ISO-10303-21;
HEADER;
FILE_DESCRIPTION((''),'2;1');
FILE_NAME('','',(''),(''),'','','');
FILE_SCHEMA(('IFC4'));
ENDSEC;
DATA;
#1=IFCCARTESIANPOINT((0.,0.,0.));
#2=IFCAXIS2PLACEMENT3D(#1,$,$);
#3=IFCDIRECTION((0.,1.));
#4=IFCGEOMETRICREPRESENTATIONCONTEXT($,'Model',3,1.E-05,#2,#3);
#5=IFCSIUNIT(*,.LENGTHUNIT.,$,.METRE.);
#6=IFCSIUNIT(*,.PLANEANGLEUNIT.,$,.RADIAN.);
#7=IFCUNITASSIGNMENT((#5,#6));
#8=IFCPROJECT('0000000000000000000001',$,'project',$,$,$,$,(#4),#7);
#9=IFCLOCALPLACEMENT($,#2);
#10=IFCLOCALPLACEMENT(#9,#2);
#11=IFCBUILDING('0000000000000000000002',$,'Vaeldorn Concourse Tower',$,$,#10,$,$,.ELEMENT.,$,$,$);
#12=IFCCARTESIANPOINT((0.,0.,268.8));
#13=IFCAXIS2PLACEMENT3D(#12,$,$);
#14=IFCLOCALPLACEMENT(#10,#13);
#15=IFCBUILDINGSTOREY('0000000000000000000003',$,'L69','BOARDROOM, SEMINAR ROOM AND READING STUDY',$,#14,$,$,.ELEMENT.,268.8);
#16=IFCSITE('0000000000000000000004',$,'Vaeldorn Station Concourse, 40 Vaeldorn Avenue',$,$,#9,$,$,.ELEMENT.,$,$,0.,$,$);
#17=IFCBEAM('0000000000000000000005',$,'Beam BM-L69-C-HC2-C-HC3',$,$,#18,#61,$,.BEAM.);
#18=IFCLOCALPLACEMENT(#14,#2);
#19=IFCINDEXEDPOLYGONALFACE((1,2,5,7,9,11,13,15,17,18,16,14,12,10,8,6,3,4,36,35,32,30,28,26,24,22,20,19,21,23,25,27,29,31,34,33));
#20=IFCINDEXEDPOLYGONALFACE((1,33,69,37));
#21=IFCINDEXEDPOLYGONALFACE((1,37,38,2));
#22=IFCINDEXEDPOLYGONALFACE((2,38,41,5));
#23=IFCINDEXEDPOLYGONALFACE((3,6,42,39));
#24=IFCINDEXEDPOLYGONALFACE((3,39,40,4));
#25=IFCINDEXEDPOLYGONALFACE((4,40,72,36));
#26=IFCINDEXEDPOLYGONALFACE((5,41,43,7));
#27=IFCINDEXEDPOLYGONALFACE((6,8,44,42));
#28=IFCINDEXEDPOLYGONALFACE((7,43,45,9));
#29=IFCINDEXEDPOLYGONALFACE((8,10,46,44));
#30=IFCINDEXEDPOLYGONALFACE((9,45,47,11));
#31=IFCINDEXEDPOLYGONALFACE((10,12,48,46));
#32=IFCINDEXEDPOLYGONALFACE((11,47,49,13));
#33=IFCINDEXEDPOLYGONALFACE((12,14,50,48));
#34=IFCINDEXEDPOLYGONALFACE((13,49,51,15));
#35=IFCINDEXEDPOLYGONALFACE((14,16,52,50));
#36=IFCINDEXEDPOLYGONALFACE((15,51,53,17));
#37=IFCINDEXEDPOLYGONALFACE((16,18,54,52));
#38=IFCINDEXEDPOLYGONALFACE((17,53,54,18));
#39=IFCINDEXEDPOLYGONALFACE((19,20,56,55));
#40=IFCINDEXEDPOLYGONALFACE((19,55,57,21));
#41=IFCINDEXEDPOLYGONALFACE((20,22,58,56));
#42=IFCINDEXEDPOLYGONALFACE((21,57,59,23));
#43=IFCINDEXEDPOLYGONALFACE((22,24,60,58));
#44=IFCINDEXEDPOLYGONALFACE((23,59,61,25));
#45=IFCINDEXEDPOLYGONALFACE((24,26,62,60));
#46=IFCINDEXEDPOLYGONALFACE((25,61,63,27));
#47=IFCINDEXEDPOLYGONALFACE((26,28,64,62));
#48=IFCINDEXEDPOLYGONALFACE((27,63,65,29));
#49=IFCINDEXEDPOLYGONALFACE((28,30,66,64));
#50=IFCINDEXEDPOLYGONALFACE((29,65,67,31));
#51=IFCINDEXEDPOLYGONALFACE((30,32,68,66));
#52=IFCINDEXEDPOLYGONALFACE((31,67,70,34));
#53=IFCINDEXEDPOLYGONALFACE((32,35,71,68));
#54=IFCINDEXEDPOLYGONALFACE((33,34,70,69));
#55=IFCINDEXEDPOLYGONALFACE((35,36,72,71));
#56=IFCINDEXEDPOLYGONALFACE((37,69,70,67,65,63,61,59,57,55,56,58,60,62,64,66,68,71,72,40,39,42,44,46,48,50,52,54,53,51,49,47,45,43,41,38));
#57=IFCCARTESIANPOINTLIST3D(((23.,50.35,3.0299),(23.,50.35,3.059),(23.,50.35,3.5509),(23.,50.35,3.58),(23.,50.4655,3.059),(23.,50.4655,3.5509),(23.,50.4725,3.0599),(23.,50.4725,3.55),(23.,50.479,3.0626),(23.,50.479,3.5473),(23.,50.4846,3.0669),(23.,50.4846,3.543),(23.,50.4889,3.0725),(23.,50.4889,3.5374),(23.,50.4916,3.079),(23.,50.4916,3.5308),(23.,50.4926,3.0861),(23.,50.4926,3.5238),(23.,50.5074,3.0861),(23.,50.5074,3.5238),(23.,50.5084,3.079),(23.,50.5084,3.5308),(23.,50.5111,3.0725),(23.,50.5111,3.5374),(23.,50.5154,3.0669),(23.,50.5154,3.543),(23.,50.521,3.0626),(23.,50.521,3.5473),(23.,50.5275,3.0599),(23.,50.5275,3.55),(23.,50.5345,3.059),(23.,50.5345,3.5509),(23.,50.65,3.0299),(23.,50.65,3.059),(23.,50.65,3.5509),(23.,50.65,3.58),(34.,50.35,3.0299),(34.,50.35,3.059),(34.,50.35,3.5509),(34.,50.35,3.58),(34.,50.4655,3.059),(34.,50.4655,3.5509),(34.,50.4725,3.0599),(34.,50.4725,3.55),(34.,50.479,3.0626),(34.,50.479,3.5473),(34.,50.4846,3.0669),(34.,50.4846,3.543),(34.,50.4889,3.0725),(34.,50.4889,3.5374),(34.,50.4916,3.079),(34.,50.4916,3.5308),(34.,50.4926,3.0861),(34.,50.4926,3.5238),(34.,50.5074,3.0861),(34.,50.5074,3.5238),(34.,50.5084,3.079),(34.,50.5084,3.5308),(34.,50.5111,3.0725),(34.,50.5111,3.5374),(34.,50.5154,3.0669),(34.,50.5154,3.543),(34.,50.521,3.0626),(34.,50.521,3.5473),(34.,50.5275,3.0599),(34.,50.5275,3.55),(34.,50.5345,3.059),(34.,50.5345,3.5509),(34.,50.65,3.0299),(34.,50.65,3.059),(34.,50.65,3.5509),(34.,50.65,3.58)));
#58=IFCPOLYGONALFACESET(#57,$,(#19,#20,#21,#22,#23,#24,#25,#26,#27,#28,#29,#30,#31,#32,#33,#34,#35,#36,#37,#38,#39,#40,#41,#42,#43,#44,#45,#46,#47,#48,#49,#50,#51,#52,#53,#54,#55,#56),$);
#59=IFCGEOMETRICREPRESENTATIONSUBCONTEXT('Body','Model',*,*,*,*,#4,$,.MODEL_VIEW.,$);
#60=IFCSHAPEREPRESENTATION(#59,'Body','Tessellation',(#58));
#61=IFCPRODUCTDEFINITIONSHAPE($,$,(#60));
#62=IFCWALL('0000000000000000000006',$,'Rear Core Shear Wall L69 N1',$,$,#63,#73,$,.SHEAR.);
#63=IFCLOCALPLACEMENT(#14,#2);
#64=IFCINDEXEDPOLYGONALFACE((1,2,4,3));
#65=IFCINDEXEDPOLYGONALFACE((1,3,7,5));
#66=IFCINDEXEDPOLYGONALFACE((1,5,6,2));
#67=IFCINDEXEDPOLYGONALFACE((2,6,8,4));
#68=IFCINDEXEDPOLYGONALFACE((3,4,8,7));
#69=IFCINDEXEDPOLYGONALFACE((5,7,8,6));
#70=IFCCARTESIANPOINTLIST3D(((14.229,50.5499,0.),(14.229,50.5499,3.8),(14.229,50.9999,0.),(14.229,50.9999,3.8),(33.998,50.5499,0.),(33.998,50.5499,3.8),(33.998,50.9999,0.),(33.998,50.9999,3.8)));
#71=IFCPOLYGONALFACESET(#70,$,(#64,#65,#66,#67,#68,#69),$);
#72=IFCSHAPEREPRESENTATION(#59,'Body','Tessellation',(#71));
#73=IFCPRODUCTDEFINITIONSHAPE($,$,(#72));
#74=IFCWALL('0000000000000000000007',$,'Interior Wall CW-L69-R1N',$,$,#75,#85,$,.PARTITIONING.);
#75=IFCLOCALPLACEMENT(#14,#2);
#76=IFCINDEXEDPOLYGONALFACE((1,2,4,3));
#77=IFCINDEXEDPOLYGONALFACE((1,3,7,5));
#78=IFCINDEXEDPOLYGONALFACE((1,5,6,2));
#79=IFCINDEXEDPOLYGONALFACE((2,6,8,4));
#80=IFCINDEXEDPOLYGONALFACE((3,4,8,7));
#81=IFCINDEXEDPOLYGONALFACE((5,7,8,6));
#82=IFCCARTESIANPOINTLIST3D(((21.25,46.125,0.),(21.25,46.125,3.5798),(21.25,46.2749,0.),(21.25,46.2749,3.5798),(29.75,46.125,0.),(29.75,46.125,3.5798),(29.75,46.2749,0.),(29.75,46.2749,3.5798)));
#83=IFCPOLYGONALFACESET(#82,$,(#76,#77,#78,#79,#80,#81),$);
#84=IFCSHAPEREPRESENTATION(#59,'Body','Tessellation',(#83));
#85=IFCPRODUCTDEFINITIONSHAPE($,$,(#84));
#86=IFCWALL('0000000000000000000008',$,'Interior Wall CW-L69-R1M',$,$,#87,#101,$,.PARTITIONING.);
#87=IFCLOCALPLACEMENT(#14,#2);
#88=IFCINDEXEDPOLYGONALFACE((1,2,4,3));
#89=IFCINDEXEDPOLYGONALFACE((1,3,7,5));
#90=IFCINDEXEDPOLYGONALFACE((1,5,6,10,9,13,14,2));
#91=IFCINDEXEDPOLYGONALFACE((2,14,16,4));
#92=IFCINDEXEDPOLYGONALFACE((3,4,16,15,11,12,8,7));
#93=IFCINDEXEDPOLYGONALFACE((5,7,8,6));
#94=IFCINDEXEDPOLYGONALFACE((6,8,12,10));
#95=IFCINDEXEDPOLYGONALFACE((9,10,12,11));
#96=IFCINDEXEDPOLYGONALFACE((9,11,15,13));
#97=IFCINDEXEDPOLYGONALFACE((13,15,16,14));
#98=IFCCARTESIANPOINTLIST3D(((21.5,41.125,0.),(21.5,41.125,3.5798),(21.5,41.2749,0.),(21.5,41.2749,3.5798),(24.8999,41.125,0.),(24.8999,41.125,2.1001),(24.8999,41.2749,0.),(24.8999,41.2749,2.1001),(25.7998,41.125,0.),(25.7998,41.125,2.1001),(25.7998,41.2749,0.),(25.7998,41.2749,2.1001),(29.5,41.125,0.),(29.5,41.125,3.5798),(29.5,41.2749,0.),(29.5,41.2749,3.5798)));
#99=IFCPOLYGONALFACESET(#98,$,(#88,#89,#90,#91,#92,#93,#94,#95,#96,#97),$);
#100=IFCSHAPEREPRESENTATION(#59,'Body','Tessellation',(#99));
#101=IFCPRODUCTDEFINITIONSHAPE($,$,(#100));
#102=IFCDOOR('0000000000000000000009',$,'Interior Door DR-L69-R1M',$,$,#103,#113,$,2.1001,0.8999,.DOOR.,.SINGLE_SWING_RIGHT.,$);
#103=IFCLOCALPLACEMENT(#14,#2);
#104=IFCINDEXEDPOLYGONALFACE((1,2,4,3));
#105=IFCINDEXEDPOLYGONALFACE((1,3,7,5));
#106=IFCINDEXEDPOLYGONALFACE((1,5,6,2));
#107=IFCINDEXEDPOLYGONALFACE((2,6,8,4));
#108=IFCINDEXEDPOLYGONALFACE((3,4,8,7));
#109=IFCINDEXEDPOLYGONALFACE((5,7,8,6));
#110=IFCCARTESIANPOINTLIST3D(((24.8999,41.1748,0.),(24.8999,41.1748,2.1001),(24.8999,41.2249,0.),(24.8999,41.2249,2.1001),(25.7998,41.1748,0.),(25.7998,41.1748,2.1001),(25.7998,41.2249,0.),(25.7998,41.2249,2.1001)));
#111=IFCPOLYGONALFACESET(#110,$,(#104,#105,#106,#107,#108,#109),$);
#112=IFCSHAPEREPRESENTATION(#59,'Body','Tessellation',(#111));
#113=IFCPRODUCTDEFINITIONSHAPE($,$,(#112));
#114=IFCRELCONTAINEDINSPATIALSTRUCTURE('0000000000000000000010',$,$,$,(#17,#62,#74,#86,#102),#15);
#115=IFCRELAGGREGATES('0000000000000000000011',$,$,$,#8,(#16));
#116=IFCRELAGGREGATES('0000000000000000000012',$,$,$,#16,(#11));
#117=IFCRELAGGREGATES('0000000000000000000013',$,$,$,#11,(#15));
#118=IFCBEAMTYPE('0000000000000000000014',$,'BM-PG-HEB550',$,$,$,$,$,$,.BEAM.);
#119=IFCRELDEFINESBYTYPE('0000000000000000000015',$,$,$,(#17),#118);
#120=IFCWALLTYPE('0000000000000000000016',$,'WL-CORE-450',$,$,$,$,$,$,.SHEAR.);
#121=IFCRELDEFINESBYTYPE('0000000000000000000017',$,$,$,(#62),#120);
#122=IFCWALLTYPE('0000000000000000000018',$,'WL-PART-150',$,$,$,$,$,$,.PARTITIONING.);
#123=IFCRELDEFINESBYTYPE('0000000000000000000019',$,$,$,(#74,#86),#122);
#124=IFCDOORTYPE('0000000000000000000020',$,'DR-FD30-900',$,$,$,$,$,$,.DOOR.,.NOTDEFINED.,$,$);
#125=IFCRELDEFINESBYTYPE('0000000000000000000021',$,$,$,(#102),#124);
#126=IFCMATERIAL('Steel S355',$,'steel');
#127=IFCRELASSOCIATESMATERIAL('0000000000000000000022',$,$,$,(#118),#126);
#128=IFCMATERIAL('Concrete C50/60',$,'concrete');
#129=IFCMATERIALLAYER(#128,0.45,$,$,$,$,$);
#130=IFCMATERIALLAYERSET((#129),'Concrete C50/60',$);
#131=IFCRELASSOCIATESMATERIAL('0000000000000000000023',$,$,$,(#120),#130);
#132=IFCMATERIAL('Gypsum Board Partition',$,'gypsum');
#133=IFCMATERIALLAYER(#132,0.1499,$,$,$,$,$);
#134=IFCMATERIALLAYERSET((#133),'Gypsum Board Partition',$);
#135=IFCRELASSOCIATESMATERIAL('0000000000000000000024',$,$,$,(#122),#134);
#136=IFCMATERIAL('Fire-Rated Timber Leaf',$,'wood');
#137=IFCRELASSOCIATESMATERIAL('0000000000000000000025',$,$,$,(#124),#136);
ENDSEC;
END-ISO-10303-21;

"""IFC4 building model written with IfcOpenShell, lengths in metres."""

from ifc_helpers import new_model, si_unit, direction, frame, frame_2d, origin, origin_2d, place, context, subcontext, project, spatial, rectangle, i_section, extrude, source, transform, mapped, material, layer, layer_set, material_profile, profile_set, type_object, element, fill, save


model = new_model("IFC4")

# Units and contexts
model_context = context("Model", 3, precision=1e-05, world=origin(), true_north=direction((0.0, 1.0)))
body_context = subcontext(model_context, "Body", "Model", "MODEL_VIEW")
ifc_project = project(units=[si_unit("LENGTHUNIT", "METRE"), si_unit("PLANEANGLEUNIT", "RADIAN")], contexts=[model_context])

# Site, building, storey
site_placement = place(None, origin())
site = spatial("IfcSite", under=ifc_project, at=site_placement, Name="Vaeldorn Station Concourse, 40 Vaeldorn Avenue", CompositionType="ELEMENT", RefElevation=0.0)
building_placement = place(site_placement, origin())
building = spatial("IfcBuilding", under=site, at=building_placement, Name="Vaeldorn Concourse Tower", CompositionType="ELEMENT")
storey_placement = place(building_placement, frame((0.0, 0.0, 268.8)))
storey = spatial("IfcBuildingStorey", under=building, at=storey_placement, Name="L69", Description="BOARDROOM, SEMINAR ROOM AND READING STUDY", CompositionType="ELEMENT", Elevation=268.8)

# Beam
ifc_material_1 = material(Name="Steel S355", Category="steel")
ifc_material_profile_1 = material_profile(ifc_material_1, i_section(OverallWidth=0.3, OverallDepth=0.55, WebThickness=0.0149, FlangeThickness=0.0291, FilletRadius=0.0271, at=origin_2d()), Name="HEB 550")
ifc_profile_set_1 = profile_set([ifc_material_profile_1], Name="Steel S355")
beam_type_1 = type_object("IfcBeamType", Name="BM-PG-HEB550", PredefinedType="BEAM", material=ifc_profile_set_1)
shared_shape_1 = source(origin(), body_context, "Body", "SweptSolid", [
    extrude(i_section(OverallWidth=0.3, OverallDepth=0.55, WebThickness=0.0149, FlangeThickness=0.0291, FilletRadius=0.0271, at=origin_2d()), origin(), (0.0, 0.0, 1.0), 11.0),
])
beam_1_placement = place(storey_placement, frame((23.0, 50.5, 3.3049), z_axis=(1.0, 0.0, 0.0), x_axis=(0.0, 1.0, 0.0)))
element("IfcBeam", 1, at=beam_1_placement, inside=storey, type_object=beam_type_1, Name="Beam BM-L69-C-HC2-C-HC3", PredefinedType="BEAM", context=body_context, shape_type="MappedRepresentation", body=[
    mapped(shared_shape_1, transform((0.0, 0.0, 0.0), scale=1.0)),
])

# Walls
ifc_material_2 = material(Name="Concrete C50/60", Category="concrete")
ifc_layer_1 = layer(ifc_material_2, 0.45)
ifc_layer_set_1 = layer_set([ifc_layer_1], Name="Concrete C50/60")
wall_type_1 = type_object("IfcWallType", Name="WL-CORE-450", PredefinedType="SHEAR", material=ifc_layer_set_1)
wall_1_placement = place(storey_placement, frame((14.229, 50.7749, 0.0), z_axis=(0.0, 0.0, 1.0), x_axis=(1.0, 0.0, 0.0)))
element("IfcWall", 2, at=wall_1_placement, inside=storey, type_object=wall_type_1, Name="Rear Core Shear Wall L69 N1", PredefinedType="SHEAR", context=body_context, shape_type="SweptSolid", body=[
    extrude(rectangle(XDim=19.769, YDim=0.45, at=frame_2d((9.8845, 0.0))), origin(), (0.0, 0.0, 1.0), 3.8),
])
ifc_material_3 = material(Name="Gypsum Board Partition", Category="gypsum")
ifc_layer_2 = layer(ifc_material_3, 0.1499)
ifc_layer_set_2 = layer_set([ifc_layer_2], Name="Gypsum Board Partition")
wall_type_2 = type_object("IfcWallType", Name="WL-PART-150", PredefinedType="PARTITIONING", material=ifc_layer_set_2)
wall_2_placement = place(storey_placement, frame((21.25, 46.2, 0.0), z_axis=(0.0, 0.0, 1.0), x_axis=(1.0, 0.0, 0.0)))
element("IfcWall", 3, at=wall_2_placement, inside=storey, type_object=wall_type_2, Name="Interior Wall CW-L69-R1N", PredefinedType="PARTITIONING", context=body_context, shape_type="SweptSolid", body=[
    extrude(rectangle(XDim=8.5, YDim=0.1499, at=frame_2d((4.25, 0.0))), origin(), (0.0, 0.0, 1.0), 3.5798),
])

# Wall, opening, door
wall_3_placement = place(storey_placement, frame((21.5, 41.2, 0.0), z_axis=(0.0, 0.0, 1.0), x_axis=(1.0, 0.0, 0.0)))
wall_3 = element("IfcWall", 4, at=wall_3_placement, inside=storey, type_object=wall_type_2, Name="Interior Wall CW-L69-R1M", PredefinedType="PARTITIONING", context=body_context, shape_type="SweptSolid", body=[
    extrude(rectangle(XDim=8.0, YDim=0.1499, at=frame_2d((4.0, 0.0))), origin(), (0.0, 0.0, 1.0), 3.5798),
])
opening_1_placement = place(wall_3_placement, frame((3.3999, 0.0, 0.0)))
opening_1 = element("IfcOpeningElement", 5, at=opening_1_placement, cuts=wall_3, PredefinedType="OPENING", context=body_context, shape_type="SweptSolid", body=[
    extrude(rectangle(XDim=0.8999, YDim=2.1001, at=frame_2d((0.45, 1.05))), frame((0.0, 0.085, 0.0), z_axis=(0.0, -1.0, 0.0), x_axis=(1.0, 0.0, 0.0)), (0.0, 0.0, 1.0), 0.1699),
])
ifc_material_4 = material(Name="Fire-Rated Timber Leaf", Category="wood")
door_type_1 = type_object("IfcDoorType", Name="DR-FD30-900", OperationType="NOTDEFINED", PredefinedType="DOOR", material=ifc_material_4)
shared_shape_2 = source(origin(), body_context, "Body", "SweptSolid", [
    extrude(rectangle(XDim=0.8999, YDim=2.1001, at=frame_2d((0.45, 1.05))), frame((0.0, 0.0249, 0.0), z_axis=(0.0, -1.0, 0.0), x_axis=(1.0, 0.0, 0.0)), (0.0, 0.0, 1.0), 0.05),
])
door_1_placement = place(opening_1_placement, origin())
door_1 = element("IfcDoor", 6, at=door_1_placement, inside=storey, type_object=door_type_1, Name="Interior Door DR-L69-R1M", OperationType="SINGLE_SWING_RIGHT", OverallHeight=2.1001, OverallWidth=0.8999, PredefinedType="DOOR", context=body_context, shape_type="MappedRepresentation", body=[
    mapped(shared_shape_2, transform((0.0, 0.0, 0.0), scale=1.0)),
])
fill(opening_1, door_1)

save(model, "model.ifc")
